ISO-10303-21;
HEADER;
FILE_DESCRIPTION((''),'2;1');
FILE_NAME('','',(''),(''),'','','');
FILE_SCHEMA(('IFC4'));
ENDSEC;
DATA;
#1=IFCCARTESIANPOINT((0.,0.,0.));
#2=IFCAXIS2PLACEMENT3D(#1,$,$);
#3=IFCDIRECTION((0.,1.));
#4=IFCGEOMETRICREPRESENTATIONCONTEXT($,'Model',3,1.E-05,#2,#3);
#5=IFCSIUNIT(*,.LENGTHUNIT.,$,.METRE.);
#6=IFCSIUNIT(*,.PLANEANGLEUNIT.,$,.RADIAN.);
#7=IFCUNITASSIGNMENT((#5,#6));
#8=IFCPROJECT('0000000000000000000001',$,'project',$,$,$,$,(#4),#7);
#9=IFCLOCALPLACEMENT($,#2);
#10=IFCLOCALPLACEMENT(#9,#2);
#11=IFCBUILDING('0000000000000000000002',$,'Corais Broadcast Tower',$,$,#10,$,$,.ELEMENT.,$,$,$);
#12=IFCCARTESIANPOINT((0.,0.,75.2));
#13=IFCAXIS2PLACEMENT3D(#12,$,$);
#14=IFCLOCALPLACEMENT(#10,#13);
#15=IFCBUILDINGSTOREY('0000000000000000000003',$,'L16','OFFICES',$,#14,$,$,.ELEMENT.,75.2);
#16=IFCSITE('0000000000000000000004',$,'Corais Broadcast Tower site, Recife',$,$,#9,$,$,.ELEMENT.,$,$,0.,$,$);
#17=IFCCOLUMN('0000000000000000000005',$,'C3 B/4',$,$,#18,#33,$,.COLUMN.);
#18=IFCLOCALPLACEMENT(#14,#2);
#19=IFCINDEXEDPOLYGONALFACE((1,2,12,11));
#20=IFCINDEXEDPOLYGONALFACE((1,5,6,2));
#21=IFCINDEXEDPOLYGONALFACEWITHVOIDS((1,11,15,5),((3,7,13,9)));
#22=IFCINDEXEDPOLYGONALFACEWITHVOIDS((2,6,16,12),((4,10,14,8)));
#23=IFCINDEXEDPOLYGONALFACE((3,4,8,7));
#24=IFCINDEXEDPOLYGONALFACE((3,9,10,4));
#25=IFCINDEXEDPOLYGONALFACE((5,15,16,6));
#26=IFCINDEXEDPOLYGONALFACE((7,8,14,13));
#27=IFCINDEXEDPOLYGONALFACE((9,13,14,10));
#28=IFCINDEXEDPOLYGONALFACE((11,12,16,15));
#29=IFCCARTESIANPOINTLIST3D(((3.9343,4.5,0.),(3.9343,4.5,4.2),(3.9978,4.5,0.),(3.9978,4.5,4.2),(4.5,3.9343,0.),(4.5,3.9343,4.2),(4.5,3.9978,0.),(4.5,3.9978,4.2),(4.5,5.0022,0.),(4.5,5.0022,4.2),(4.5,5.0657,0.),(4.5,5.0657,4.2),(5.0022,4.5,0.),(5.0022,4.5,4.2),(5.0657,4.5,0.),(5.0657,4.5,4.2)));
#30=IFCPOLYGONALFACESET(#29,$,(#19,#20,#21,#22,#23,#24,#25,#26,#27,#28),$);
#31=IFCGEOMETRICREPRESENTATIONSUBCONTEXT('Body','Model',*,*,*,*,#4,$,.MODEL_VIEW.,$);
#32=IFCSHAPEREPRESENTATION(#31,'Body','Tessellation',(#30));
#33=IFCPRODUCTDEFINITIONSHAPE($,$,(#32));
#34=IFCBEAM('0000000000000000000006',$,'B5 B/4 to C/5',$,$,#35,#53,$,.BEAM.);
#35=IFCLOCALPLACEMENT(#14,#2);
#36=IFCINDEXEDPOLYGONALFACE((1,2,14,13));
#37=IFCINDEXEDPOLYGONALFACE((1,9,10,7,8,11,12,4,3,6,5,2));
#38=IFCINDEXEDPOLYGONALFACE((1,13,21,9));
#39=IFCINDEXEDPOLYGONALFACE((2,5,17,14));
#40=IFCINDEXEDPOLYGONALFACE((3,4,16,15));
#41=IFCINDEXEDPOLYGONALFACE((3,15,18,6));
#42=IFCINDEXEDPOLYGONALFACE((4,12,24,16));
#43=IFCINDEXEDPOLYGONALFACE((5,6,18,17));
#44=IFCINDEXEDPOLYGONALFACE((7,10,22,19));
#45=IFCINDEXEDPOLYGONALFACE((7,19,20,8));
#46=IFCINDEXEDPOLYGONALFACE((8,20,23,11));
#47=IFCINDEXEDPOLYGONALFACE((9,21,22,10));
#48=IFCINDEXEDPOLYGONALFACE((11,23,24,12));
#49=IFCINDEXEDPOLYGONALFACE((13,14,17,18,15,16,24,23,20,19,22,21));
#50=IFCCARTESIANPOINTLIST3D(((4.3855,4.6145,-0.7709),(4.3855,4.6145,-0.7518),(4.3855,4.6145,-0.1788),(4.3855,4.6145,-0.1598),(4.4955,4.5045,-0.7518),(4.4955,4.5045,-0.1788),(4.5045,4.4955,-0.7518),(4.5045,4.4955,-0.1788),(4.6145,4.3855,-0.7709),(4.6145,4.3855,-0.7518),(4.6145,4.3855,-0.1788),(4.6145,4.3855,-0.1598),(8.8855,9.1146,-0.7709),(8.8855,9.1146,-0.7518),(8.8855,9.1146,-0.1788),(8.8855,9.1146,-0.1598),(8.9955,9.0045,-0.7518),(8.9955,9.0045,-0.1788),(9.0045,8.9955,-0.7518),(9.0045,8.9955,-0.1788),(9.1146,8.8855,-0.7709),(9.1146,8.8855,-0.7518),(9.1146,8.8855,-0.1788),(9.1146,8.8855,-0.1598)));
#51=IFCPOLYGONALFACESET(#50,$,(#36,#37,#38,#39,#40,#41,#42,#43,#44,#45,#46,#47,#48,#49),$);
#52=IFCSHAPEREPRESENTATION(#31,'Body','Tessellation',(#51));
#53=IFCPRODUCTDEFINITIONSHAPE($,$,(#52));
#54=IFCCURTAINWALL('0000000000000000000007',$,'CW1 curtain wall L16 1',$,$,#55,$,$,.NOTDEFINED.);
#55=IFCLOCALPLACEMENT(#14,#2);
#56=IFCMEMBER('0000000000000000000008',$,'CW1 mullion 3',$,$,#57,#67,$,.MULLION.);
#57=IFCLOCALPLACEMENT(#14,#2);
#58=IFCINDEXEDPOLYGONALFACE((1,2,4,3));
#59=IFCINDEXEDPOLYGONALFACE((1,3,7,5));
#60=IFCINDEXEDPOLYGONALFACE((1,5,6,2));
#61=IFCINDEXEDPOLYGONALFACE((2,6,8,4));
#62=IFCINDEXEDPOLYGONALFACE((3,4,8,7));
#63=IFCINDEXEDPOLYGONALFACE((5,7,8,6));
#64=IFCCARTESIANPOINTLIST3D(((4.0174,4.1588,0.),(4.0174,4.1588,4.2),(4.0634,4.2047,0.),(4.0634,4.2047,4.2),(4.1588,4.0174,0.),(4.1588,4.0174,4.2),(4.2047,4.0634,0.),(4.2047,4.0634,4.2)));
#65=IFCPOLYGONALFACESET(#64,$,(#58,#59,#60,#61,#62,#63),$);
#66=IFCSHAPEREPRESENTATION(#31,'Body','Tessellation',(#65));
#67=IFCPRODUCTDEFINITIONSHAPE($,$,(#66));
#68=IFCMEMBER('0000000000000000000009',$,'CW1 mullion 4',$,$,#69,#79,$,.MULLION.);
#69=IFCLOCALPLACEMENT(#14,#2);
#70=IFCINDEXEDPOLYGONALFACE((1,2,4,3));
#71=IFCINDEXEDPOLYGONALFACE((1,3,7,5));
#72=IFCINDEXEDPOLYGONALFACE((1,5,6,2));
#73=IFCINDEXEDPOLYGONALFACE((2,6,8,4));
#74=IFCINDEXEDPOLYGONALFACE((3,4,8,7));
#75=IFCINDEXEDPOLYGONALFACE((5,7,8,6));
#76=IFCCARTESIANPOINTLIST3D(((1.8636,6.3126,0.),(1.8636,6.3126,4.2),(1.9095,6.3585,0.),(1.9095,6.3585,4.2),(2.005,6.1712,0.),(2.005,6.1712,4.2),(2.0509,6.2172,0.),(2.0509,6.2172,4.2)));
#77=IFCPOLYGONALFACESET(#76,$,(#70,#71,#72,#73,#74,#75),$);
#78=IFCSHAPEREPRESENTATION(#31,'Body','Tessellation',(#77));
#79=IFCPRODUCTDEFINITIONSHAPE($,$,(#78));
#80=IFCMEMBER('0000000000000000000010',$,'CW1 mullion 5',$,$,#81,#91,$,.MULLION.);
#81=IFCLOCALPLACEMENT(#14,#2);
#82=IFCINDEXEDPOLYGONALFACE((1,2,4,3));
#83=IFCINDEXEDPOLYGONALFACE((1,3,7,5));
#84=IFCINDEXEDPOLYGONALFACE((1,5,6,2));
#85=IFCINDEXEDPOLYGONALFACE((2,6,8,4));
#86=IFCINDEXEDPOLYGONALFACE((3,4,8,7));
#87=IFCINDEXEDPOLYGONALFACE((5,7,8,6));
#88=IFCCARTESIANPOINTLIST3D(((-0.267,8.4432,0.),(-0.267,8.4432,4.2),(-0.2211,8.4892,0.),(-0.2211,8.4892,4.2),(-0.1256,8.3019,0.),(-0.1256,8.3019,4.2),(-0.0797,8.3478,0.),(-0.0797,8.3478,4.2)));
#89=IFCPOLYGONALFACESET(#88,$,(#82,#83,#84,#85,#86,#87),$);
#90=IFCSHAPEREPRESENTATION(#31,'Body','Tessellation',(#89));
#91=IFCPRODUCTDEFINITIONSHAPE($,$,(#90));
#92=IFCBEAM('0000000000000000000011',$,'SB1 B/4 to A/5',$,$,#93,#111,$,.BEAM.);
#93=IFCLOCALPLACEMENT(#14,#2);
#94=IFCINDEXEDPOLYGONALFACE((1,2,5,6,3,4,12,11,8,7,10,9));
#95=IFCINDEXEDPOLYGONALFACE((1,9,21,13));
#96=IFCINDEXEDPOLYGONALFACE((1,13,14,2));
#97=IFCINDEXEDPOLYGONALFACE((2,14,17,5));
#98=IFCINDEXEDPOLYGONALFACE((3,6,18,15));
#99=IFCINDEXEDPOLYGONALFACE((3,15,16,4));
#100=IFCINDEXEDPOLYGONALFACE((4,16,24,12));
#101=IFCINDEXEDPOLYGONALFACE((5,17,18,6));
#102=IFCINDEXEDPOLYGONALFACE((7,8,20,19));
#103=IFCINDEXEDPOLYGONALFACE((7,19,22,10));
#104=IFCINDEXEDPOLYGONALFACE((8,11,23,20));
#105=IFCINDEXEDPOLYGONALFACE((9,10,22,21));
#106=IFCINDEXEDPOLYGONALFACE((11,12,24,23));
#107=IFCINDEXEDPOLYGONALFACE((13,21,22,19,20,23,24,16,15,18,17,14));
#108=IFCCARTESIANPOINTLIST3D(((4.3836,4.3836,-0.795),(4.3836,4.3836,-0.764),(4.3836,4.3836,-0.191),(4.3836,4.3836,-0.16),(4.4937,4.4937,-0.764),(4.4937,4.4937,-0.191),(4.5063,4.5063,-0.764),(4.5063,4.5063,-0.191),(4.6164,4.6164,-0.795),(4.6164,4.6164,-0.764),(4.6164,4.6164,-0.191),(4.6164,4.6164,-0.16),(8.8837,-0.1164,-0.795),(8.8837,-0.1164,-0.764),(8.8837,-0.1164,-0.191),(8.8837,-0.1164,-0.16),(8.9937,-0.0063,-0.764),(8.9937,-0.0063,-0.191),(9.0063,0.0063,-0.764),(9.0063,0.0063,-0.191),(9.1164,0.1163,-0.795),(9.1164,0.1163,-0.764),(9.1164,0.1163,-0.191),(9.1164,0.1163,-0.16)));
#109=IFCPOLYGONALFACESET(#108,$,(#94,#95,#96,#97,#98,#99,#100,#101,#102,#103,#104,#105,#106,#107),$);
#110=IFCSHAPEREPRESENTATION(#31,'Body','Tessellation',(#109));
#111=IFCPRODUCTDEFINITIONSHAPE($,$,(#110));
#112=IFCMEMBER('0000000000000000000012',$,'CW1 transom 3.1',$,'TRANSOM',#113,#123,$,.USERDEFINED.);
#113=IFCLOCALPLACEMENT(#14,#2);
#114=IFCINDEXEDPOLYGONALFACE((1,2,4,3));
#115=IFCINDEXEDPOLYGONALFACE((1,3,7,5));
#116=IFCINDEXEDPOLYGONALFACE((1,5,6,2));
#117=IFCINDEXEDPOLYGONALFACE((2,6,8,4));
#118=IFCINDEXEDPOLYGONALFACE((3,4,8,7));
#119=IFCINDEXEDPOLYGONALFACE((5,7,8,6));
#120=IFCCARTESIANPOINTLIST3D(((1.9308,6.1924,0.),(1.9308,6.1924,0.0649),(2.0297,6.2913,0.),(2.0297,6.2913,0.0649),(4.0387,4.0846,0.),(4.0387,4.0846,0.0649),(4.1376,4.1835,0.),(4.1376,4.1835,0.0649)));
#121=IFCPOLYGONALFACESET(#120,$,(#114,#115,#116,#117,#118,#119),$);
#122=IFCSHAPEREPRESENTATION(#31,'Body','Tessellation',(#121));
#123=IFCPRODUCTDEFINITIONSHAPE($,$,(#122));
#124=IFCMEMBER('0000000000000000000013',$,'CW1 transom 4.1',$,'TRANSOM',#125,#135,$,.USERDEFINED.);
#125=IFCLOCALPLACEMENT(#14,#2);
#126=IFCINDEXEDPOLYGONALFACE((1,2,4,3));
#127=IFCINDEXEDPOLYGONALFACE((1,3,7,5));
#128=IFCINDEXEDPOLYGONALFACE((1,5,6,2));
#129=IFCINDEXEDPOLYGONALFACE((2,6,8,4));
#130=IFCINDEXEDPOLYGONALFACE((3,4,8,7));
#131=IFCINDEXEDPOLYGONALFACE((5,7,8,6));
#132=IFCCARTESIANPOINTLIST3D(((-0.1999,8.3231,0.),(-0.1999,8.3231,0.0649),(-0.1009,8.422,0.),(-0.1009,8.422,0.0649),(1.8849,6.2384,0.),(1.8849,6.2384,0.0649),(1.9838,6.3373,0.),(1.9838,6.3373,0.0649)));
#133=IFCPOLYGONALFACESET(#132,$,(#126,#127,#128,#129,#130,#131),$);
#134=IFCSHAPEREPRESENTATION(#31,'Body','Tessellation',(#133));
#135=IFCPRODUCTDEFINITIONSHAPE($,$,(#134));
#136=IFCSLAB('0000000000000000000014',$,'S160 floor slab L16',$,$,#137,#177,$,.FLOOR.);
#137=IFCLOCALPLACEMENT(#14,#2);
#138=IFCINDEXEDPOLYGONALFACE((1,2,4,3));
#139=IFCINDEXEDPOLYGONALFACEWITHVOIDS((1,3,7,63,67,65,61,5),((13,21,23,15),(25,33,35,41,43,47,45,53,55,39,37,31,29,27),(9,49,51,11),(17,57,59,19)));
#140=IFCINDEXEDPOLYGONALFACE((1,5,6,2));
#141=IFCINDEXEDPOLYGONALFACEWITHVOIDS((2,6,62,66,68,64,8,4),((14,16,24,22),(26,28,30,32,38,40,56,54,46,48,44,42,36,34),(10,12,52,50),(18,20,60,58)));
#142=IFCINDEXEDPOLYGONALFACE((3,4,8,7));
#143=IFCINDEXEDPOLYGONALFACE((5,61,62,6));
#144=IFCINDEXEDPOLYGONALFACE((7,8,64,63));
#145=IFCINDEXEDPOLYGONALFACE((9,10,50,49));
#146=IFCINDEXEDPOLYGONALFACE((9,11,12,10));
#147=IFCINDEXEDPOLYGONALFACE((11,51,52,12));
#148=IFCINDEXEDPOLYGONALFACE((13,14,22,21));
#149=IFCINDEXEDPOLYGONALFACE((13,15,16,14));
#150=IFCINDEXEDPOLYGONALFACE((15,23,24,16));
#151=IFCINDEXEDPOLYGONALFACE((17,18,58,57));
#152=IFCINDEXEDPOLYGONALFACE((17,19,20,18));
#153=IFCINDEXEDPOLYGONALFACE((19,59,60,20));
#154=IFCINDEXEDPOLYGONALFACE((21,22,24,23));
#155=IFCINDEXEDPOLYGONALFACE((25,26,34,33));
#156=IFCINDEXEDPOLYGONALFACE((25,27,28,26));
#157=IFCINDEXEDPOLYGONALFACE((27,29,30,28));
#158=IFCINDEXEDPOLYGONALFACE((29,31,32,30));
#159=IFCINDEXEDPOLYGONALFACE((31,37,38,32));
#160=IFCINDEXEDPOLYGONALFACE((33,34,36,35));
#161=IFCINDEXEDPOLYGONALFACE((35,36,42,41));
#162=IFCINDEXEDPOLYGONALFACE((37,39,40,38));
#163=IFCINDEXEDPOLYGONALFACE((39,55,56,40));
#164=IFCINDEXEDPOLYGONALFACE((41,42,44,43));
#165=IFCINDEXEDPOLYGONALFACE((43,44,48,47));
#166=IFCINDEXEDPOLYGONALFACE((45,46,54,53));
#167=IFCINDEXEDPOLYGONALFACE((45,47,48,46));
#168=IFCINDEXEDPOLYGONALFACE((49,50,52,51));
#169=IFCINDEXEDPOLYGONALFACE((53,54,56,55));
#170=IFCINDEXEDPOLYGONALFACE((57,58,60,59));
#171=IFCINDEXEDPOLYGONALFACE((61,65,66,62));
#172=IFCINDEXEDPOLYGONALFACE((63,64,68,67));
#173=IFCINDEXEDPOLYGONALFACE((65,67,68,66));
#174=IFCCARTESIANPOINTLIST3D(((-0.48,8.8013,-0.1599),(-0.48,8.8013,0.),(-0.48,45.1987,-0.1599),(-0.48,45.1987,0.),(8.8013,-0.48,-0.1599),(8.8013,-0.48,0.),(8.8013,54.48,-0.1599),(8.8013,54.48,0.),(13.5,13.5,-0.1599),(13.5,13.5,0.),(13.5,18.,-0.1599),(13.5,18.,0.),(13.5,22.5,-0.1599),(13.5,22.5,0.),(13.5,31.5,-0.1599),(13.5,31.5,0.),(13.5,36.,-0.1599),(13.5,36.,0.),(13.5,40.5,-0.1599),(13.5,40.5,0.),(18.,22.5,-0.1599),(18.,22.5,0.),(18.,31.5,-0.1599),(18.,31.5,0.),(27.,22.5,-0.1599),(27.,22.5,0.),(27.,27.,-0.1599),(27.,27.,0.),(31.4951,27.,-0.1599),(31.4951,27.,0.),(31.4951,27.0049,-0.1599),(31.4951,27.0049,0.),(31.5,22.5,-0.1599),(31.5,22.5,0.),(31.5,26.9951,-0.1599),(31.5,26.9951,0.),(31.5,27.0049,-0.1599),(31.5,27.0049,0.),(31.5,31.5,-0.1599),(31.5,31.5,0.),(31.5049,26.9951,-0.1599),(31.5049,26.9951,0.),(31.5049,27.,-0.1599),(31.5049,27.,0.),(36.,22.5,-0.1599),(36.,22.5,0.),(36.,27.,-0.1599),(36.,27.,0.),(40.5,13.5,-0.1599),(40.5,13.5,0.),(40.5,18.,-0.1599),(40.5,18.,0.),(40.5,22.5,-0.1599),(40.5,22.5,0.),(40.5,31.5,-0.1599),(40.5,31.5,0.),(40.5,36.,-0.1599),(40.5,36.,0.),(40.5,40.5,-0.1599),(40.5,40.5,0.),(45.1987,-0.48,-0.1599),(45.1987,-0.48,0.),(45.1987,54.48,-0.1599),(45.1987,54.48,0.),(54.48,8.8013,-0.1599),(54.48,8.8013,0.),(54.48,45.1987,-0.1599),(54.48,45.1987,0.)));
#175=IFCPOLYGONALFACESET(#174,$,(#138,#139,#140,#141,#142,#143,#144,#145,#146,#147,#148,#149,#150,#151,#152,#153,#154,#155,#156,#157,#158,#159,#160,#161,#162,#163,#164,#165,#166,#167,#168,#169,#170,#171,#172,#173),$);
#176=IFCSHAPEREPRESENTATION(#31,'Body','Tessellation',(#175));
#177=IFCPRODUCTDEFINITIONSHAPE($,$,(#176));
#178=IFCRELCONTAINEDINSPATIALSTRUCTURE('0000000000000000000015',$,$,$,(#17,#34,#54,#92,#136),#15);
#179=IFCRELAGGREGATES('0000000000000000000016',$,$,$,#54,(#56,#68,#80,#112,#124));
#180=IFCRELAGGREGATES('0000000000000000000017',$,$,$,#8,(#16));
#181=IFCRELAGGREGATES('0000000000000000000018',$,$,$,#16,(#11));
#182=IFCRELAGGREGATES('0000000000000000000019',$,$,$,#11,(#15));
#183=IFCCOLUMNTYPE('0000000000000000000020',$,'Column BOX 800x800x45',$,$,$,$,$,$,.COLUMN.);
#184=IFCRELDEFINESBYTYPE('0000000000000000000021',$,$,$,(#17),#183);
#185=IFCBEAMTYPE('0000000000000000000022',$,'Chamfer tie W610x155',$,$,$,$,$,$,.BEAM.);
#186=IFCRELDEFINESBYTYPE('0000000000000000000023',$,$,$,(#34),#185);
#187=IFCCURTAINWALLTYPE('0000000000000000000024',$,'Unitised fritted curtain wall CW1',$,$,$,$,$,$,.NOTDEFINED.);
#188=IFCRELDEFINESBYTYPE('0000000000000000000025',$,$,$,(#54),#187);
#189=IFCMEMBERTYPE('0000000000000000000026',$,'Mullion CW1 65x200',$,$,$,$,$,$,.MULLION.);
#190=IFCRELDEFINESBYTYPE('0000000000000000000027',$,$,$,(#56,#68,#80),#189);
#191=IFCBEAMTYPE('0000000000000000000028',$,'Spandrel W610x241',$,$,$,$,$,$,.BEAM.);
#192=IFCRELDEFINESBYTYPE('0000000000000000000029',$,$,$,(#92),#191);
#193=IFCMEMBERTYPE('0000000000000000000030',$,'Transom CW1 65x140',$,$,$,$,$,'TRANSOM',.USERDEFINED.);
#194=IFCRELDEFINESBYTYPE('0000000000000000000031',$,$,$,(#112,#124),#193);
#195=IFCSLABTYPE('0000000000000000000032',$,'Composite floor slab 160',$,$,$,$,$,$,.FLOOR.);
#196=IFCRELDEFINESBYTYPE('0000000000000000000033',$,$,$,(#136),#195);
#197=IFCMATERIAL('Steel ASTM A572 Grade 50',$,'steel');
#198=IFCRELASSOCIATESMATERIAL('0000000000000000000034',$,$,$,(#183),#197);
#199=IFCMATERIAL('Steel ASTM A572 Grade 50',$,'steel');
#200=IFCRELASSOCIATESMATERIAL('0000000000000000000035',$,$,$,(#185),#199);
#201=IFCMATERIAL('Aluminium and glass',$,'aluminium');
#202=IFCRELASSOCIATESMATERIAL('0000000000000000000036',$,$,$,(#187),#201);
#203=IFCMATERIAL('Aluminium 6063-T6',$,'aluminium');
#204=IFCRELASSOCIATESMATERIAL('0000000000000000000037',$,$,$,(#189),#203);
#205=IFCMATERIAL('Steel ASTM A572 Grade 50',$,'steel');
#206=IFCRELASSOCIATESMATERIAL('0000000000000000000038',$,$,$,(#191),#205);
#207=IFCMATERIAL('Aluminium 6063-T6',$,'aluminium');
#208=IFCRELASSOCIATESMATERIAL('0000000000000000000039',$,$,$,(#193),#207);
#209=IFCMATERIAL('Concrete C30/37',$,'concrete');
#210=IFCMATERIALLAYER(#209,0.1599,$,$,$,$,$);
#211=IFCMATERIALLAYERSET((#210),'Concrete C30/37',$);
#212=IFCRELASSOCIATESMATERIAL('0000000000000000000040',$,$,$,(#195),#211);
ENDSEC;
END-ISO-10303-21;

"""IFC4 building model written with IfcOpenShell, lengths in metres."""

from ifc_helpers import new_model, si_unit, direction, frame, origin, origin_2d, place, context, subcontext, project, spatial, polyline, rectangle, hollow_rectangle, i_section, outline, extrude, material, layer, layer_set, material_profile, profile_set, type_object, element, aggregate, save


model = new_model("IFC4")

# Units and contexts
model_context = context("Model", 3, precision=1e-05, world=origin(), true_north=direction((0.0, 1.0)))
body_context = subcontext(model_context, "Body", "Model", "MODEL_VIEW")
ifc_project = project(units=[si_unit("LENGTHUNIT", "METRE"), si_unit("PLANEANGLEUNIT", "RADIAN")], contexts=[model_context])

# Site, building, storey
site_placement = place(None, origin())
site = spatial("IfcSite", under=ifc_project, at=site_placement, Name="Corais Broadcast Tower site, Recife", CompositionType="ELEMENT", RefElevation=0.0)
building_placement = place(site_placement, origin())
building = spatial("IfcBuilding", under=site, at=building_placement, Name="Corais Broadcast Tower", CompositionType="ELEMENT")
storey_placement = place(building_placement, frame((0.0, 0.0, 75.2)))
storey = spatial("IfcBuildingStorey", under=building, at=storey_placement, Name="L16", Description="OFFICES", CompositionType="ELEMENT", Elevation=75.2)

# Column
ifc_material_1 = material(Name="Steel ASTM A572 Grade 50", Category="steel")
ifc_material_profile_1 = material_profile(ifc_material_1, hollow_rectangle(XDim=0.8, YDim=0.8, WallThickness=0.0449, at=origin_2d()), Name="BOX 800x800x45")
ifc_profile_set_1 = profile_set([ifc_material_profile_1], Name="Steel ASTM A572 Grade 50")
column_type = type_object("IfcColumnType", Name="Column BOX 800x800x45", PredefinedType="COLUMN", material=ifc_profile_set_1)
column_placement = place(storey_placement, frame((4.5, 4.5, 0.0), z_axis=(0.0, 0.0, 1.0), x_axis=(0.707107, 0.707107, 0.0)))
element("IfcColumn", 1, at=column_placement, inside=storey, type_object=column_type, Name="C3 B/4", PredefinedType="COLUMN", context=body_context, shape_type="SweptSolid", body=[
    extrude(hollow_rectangle(XDim=0.8, YDim=0.8, WallThickness=0.0449, at=origin_2d()), origin(), (0.0, 0.0, 1.0), 4.2),
])

# Beam
ifc_material_2 = material(Name="Steel ASTM A572 Grade 50", Category="steel")
ifc_material_profile_2 = material_profile(ifc_material_2, i_section(OverallWidth=0.324, OverallDepth=0.6111, WebThickness=0.0127, FlangeThickness=0.019, at=origin_2d()), Name="W610x155")
ifc_profile_set_2 = profile_set([ifc_material_profile_2], Name="Steel ASTM A572 Grade 50")
beam_type_1 = type_object("IfcBeamType", Name="Chamfer tie W610x155", PredefinedType="BEAM", material=ifc_profile_set_2)
beam_1_placement = place(storey_placement, frame((4.5, 4.5, -0.4653), z_axis=(0.707107, 0.707107, 0.0), x_axis=(-0.707107, 0.707107, 0.0)))
element("IfcBeam", 2, at=beam_1_placement, inside=storey, type_object=beam_type_1, Name="B5 B/4 to C/5", PredefinedType="BEAM", context=body_context, shape_type="SweptSolid", body=[
    extrude(i_section(OverallWidth=0.324, OverallDepth=0.6111, WebThickness=0.0127, FlangeThickness=0.019, at=origin_2d()), origin(), (0.0, 0.0, 1.0), 6.364),
])

# Curtain wall, members
ifc_material_3 = material(Name="Aluminium and glass", Category="aluminium")
curtain_wall_type = type_object("IfcCurtainWallType", Name="Unitised fritted curtain wall CW1", PredefinedType="NOTDEFINED", material=ifc_material_3)
curtain_wall_placement = place(storey_placement, origin())
curtain_wall = element("IfcCurtainWall", 3, at=curtain_wall_placement, inside=storey, type_object=curtain_wall_type, Name="CW1 curtain wall L16 1", PredefinedType="NOTDEFINED")
ifc_material_4 = material(Name="Aluminium 6063-T6", Category="aluminium")
ifc_material_profile_3 = material_profile(ifc_material_4, rectangle(XDim=0.0649, YDim=0.2, at=origin_2d()), Name="Mullion CW1 65x200")
ifc_profile_set_3 = profile_set([ifc_material_profile_3], Name="Aluminium 6063-T6")
member_type_1 = type_object("IfcMemberType", Name="Mullion CW1 65x200", PredefinedType="MULLION", material=ifc_profile_set_3)
member_1_placement = place(storey_placement, frame((4.1111, 4.1111, 0.0), z_axis=(0.0, 0.0, 1.0), x_axis=(-0.707107, -0.707107, 0.0)))
member_1 = element("IfcMember", 4, at=member_1_placement, type_object=member_type_1, Name="CW1 mullion 3", PredefinedType="MULLION", context=body_context, shape_type="SweptSolid", body=[
    extrude(rectangle(XDim=0.0649, YDim=0.2, at=origin_2d()), origin(), (0.0, 0.0, 1.0), 4.2),
])
member_2_placement = place(storey_placement, frame((1.9573, 6.2649, 0.0), z_axis=(0.0, 0.0, 1.0), x_axis=(-0.707107, -0.707107, 0.0)))
member_2 = element("IfcMember", 5, at=member_2_placement, type_object=member_type_1, Name="CW1 mullion 4", PredefinedType="MULLION", context=body_context, shape_type="SweptSolid", body=[
    extrude(rectangle(XDim=0.0649, YDim=0.2, at=origin_2d()), origin(), (0.0, 0.0, 1.0), 4.2),
])
member_3_placement = place(storey_placement, frame((-0.1733, 8.3955, 0.0), z_axis=(0.0, 0.0, 1.0), x_axis=(-0.707107, -0.707107, 0.0)))
member_3 = element("IfcMember", 6, at=member_3_placement, type_object=member_type_1, Name="CW1 mullion 5", PredefinedType="MULLION", context=body_context, shape_type="SweptSolid", body=[
    extrude(rectangle(XDim=0.0649, YDim=0.2, at=origin_2d()), origin(), (0.0, 0.0, 1.0), 4.2),
])

# Beam
ifc_material_5 = material(Name="Steel ASTM A572 Grade 50", Category="steel")
ifc_material_profile_4 = material_profile(ifc_material_5, i_section(OverallWidth=0.3291, OverallDepth=0.635, WebThickness=0.0178, FlangeThickness=0.031, at=origin_2d()), Name="W610x241")
ifc_profile_set_4 = profile_set([ifc_material_profile_4], Name="Steel ASTM A572 Grade 50")
beam_type_2 = type_object("IfcBeamType", Name="Spandrel W610x241", PredefinedType="BEAM", material=ifc_profile_set_4)
beam_2_placement = place(storey_placement, frame((4.5, 4.5, -0.4775), z_axis=(0.707107, -0.707107, 0.0), x_axis=(0.707107, 0.707107, 0.0)))
element("IfcBeam", 7, at=beam_2_placement, inside=storey, type_object=beam_type_2, Name="SB1 B/4 to A/5", PredefinedType="BEAM", context=body_context, shape_type="SweptSolid", body=[
    extrude(i_section(OverallWidth=0.3291, OverallDepth=0.635, WebThickness=0.0178, FlangeThickness=0.031, at=origin_2d()), origin(), (0.0, 0.0, 1.0), 6.364),
])

# Members
ifc_material_6 = material(Name="Aluminium 6063-T6", Category="aluminium")
ifc_material_profile_5 = material_profile(ifc_material_6, rectangle(XDim=0.1399, YDim=0.0649, at=origin_2d()), Name="Transom CW1 65x140")
ifc_profile_set_5 = profile_set([ifc_material_profile_5], Name="Aluminium 6063-T6")
member_type_2 = type_object("IfcMemberType", Name="Transom CW1 65x140", ElementType="TRANSOM", PredefinedType="USERDEFINED", material=ifc_profile_set_5)
member_4_placement = place(storey_placement, frame((4.0881, 4.134, 0.0325), z_axis=(-0.707107, 0.707107, 0.0), x_axis=(-0.707107, -0.707107, 0.0)))
member_4 = element("IfcMember", 8, at=member_4_placement, type_object=member_type_2, Name="CW1 transom 3.1", ObjectType="TRANSOM", PredefinedType="USERDEFINED", context=body_context, shape_type="SweptSolid", body=[
    extrude(rectangle(XDim=0.1399, YDim=0.0649, at=origin_2d()), origin(), (0.0, 0.0, 1.0), 2.981),
])
member_5_placement = place(storey_placement, frame((1.9343, 6.2878, 0.0325), z_axis=(-0.707107, 0.707107, 0.0), x_axis=(-0.707107, -0.707107, 0.0)))
member_5 = element("IfcMember", 9, at=member_5_placement, type_object=member_type_2, Name="CW1 transom 4.1", ObjectType="TRANSOM", PredefinedType="USERDEFINED", context=body_context, shape_type="SweptSolid", body=[
    extrude(rectangle(XDim=0.1399, YDim=0.0649, at=origin_2d()), origin(), (0.0, 0.0, 1.0), 2.9482),
])

# Slab
ifc_material_7 = material(Name="Concrete C30/37", Category="concrete")
ifc_layer_1 = layer(ifc_material_7, 0.1599)
ifc_layer_set_1 = layer_set([ifc_layer_1], Name="Concrete C30/37")
slab_type_1 = type_object("IfcSlabType", Name="Composite floor slab 160", PredefinedType="FLOOR", material=ifc_layer_set_1)
slab_1_placement = place(storey_placement, frame((0.0, 0.0, -0.1599)))
element("IfcSlab", 10, at=slab_1_placement, inside=storey, type_object=slab_type_1, Name="S160 floor slab L16", PredefinedType="FLOOR", context=body_context, shape_type="SweptSolid", body=[
    extrude(outline(polyline([(8.8013, -0.48), (-0.48, 8.8013), (-0.48, 45.1987), (8.8013, 54.48), (45.1987, 54.48), (54.48, 45.1987), (54.48, 8.8013), (45.1987, -0.48), (8.8013, -0.48)]), holes=[polyline([(13.5, 18.0), (40.5, 18.0), (40.5, 13.5), (13.5, 13.5), (13.5, 18.0)]), polyline([(13.5, 22.5), (13.5, 31.5), (18.0, 31.5), (18.0, 22.5), (13.5, 22.5)]), polyline([(13.5, 40.5), (40.5, 40.5), (40.5, 36.0), (13.5, 36.0), (13.5, 40.5)]), polyline([(27.0, 22.5), (27.0, 27.0), (31.4951, 27.0), (31.4951, 27.0049), (31.5, 27.0049), (31.5, 31.5), (40.5, 31.5), (40.5, 22.5), (36.0, 22.5), (36.0, 27.0), (31.5049, 27.0), (31.5049, 26.9951), (31.5, 26.9951), (31.5, 22.5), (27.0, 22.5)])]), origin(), (0.0, 0.0, 1.0), 0.1599),
])

aggregate(curtain_wall, [member_1, member_2, member_3, member_4, member_5])

save(model, "model.ifc")
